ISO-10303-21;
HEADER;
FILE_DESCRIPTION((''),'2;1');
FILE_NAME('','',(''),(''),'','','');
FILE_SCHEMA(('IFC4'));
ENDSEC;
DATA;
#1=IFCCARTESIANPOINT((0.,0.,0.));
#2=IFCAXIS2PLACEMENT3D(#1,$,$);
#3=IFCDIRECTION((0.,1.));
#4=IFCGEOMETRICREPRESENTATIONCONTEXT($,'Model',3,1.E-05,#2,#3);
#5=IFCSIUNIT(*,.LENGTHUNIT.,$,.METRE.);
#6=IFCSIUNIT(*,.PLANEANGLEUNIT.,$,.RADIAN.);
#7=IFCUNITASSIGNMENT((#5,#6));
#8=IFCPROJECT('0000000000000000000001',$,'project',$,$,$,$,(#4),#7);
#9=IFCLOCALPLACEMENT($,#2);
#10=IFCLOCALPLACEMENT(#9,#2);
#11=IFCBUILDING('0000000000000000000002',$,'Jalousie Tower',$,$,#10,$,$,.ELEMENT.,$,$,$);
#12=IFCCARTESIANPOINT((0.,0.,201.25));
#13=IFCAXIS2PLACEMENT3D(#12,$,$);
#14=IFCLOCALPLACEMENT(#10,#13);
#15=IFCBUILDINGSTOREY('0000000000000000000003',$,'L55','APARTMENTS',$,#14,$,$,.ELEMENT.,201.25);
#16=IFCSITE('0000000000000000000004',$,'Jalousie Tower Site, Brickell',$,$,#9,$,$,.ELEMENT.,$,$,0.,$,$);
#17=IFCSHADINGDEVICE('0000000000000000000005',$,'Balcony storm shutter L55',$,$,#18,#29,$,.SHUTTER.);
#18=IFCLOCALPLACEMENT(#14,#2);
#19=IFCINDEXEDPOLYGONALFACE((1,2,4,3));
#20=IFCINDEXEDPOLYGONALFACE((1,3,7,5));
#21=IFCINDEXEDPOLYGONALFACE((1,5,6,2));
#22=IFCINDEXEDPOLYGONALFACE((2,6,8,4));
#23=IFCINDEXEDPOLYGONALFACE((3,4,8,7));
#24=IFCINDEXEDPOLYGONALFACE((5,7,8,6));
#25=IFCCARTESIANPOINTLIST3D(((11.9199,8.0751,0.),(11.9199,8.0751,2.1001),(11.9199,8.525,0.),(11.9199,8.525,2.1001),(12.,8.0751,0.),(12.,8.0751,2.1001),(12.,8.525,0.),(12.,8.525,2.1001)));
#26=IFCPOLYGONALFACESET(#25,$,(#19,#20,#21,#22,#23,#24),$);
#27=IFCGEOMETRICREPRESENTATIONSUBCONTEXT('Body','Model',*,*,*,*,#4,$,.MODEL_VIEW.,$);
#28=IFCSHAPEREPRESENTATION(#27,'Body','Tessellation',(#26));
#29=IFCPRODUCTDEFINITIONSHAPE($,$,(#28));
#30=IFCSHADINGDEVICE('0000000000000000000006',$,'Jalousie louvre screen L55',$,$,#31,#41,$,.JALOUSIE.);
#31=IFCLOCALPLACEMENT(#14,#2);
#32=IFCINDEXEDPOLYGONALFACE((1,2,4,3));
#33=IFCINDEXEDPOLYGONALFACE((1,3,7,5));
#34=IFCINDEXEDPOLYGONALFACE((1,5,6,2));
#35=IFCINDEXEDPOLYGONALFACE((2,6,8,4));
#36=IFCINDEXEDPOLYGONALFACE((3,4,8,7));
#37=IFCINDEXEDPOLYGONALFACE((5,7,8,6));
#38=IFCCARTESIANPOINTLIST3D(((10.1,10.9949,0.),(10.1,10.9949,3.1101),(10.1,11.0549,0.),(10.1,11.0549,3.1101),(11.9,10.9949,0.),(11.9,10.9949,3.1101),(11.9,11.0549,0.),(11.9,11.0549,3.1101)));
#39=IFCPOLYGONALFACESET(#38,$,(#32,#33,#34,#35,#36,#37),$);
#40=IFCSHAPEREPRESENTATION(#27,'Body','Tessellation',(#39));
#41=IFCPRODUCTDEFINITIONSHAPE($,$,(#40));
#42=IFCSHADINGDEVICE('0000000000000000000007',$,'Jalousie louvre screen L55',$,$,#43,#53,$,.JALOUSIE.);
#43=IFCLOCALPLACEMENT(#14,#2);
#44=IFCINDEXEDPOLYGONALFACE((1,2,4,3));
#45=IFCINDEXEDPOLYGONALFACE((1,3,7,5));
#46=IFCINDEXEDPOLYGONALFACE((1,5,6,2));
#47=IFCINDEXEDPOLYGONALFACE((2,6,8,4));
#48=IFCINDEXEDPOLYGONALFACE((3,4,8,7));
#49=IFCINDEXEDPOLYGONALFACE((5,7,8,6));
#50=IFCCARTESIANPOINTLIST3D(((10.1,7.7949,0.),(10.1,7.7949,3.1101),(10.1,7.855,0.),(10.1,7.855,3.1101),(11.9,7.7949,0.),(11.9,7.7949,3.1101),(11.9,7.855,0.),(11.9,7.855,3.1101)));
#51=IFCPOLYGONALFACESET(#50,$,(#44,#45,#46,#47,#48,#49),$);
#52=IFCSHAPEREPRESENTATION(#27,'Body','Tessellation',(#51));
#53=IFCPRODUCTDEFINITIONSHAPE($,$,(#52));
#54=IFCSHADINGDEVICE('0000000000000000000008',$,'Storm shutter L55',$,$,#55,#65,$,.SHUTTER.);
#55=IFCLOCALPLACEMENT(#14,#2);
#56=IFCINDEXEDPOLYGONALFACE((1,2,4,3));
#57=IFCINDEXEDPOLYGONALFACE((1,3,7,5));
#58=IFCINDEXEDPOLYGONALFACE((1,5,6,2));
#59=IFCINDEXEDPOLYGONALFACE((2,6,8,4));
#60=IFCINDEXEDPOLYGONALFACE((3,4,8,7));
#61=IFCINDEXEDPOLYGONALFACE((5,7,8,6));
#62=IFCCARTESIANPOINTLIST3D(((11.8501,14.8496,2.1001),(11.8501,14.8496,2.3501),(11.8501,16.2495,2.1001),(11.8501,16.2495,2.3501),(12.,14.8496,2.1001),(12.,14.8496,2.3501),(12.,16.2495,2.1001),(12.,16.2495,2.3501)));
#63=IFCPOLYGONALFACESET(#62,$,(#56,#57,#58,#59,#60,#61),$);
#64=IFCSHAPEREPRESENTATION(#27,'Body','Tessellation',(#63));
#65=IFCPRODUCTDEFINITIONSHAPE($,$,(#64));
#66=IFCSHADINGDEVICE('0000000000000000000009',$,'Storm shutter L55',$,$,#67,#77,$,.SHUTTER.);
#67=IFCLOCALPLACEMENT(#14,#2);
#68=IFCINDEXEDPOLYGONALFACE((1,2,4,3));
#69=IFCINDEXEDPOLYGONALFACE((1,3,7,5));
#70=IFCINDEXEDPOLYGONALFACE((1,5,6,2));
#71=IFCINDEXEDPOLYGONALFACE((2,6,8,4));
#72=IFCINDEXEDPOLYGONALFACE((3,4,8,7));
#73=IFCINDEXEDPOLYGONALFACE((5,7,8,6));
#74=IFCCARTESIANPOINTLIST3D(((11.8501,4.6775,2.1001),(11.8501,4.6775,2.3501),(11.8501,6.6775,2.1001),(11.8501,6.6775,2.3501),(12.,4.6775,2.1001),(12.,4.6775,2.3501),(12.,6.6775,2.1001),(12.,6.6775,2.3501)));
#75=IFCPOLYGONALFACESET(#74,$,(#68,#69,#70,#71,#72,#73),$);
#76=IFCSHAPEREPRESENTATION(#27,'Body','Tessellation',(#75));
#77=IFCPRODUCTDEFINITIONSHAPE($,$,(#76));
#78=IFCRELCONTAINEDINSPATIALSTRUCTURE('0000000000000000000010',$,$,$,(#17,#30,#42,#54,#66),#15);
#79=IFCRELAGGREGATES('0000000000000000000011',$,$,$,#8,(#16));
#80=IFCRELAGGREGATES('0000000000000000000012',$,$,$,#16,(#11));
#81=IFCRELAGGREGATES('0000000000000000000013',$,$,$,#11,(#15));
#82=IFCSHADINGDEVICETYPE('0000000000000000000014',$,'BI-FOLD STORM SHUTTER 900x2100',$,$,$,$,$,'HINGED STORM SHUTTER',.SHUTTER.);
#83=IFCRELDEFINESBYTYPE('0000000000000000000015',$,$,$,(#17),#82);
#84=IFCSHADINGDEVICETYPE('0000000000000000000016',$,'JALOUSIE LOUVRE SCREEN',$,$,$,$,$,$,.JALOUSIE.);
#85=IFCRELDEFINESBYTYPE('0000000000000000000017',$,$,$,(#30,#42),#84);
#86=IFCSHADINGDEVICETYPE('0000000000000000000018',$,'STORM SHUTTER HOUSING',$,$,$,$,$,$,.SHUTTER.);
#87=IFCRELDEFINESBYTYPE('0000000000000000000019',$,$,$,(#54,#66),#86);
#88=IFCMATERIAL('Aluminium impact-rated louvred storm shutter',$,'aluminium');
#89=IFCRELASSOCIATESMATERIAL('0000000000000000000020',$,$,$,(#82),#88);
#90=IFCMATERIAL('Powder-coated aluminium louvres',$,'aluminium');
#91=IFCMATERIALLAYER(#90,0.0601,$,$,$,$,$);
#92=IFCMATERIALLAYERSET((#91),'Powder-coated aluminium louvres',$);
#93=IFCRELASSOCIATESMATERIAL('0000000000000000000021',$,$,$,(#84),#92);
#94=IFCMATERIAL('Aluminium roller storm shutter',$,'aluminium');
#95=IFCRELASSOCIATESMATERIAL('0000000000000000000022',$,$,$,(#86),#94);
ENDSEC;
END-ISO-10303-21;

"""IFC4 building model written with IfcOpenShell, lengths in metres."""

from ifc_helpers import new_model, si_unit, direction, frame, origin, origin_2d, place, context, subcontext, project, spatial, rectangle, extrude, material, layer, layer_set, type_object, element, save


model = new_model("IFC4")

# Units and contexts
model_context = context("Model", 3, precision=1e-05, world=origin(), true_north=direction((0.0, 1.0)))
body_context = subcontext(model_context, "Body", "Model", "MODEL_VIEW")
ifc_project = project(units=[si_unit("LENGTHUNIT", "METRE"), si_unit("PLANEANGLEUNIT", "RADIAN")], contexts=[model_context])

# Site, building, storey
site_placement = place(None, origin())
site = spatial("IfcSite", under=ifc_project, at=site_placement, Name="Jalousie Tower Site, Brickell", CompositionType="ELEMENT", RefElevation=0.0)
building_placement = place(site_placement, origin())
building = spatial("IfcBuilding", under=site, at=building_placement, Name="Jalousie Tower", CompositionType="ELEMENT")
storey_placement = place(building_placement, frame((0.0, 0.0, 201.25)))
storey = spatial("IfcBuildingStorey", under=building, at=storey_placement, Name="L55", Description="APARTMENTS", CompositionType="ELEMENT", Elevation=201.25)

# Shading device
ifc_material_1 = material(Name="Aluminium impact-rated louvred storm shutter", Category="aluminium")
shading_device_type_1 = type_object("IfcShadingDeviceType", Name="BI-FOLD STORM SHUTTER 900x2100", ElementType="HINGED STORM SHUTTER", PredefinedType="SHUTTER", material=ifc_material_1)
for number, where, z_axis, x_axis, name in (
    (1, (11.96, 8.3, 0.0), (0.0, 0.0, 1.0), (0.0, -1.0, 0.0), "Balcony storm shutter L55"),
):
    element("IfcShadingDevice", number, at=place(storey_placement, frame(where, z_axis=z_axis, x_axis=x_axis)), inside=storey, type_object=shading_device_type_1, Name=name, PredefinedType="SHUTTER", context=body_context, shape_type="SweptSolid", body=[
        extrude(rectangle(XDim=0.45, YDim=0.0801, at=origin_2d()), origin(), (0.0, 0.0, 1.0), 2.1001),
    ])

# Shading devices
ifc_material_2 = material(Name="Powder-coated aluminium louvres", Category="aluminium")
ifc_layer_1 = layer(ifc_material_2, 0.0601)
ifc_layer_set_1 = layer_set([ifc_layer_1], Name="Powder-coated aluminium louvres")
shading_device_type_2 = type_object("IfcShadingDeviceType", Name="JALOUSIE LOUVRE SCREEN", PredefinedType="JALOUSIE", material=ifc_layer_set_1)
for number, where, z_axis, x_axis, name in (
    (2, (11.0, 11.0249, 0.0), (0.0, 0.0, 1.0), (0.0, -1.0, 0.0), "Jalousie louvre screen L55"),
    (3, (11.0, 7.825, 0.0), (0.0, 0.0, 1.0), (0.0, -1.0, 0.0), "Jalousie louvre screen L55"),
):
    element("IfcShadingDevice", number, at=place(storey_placement, frame(where, z_axis=z_axis, x_axis=x_axis)), inside=storey, type_object=shading_device_type_2, Name=name, PredefinedType="JALOUSIE", context=body_context, shape_type="SweptSolid", body=[
        extrude(rectangle(XDim=0.0601, YDim=1.8, at=origin_2d()), origin(), (0.0, 0.0, 1.0), 3.1101),
    ])
ifc_material_3 = material(Name="Aluminium roller storm shutter", Category="aluminium")
shading_device_type_3 = type_object("IfcShadingDeviceType", Name="STORM SHUTTER HOUSING", PredefinedType="SHUTTER", material=ifc_material_3)
shading_device_1_placement = place(storey_placement, frame((11.925, 15.5496, 2.1001), z_axis=(0.0, 0.0, 1.0), x_axis=(0.0, -1.0, 0.0)))
element("IfcShadingDevice", 4, at=shading_device_1_placement, inside=storey, type_object=shading_device_type_3, Name="Storm shutter L55", PredefinedType="SHUTTER", context=body_context, shape_type="SweptSolid", body=[
    extrude(rectangle(XDim=1.3999, YDim=0.1499, at=origin_2d()), origin(), (0.0, 0.0, 1.0), 0.25),
])
shading_device_2_placement = place(storey_placement, frame((11.925, 5.6775, 2.1001), z_axis=(0.0, 0.0, 1.0), x_axis=(0.0, -1.0, 0.0)))
element("IfcShadingDevice", 5, at=shading_device_2_placement, inside=storey, type_object=shading_device_type_3, Name="Storm shutter L55", PredefinedType="SHUTTER", context=body_context, shape_type="SweptSolid", body=[
    extrude(rectangle(XDim=2.0, YDim=0.1499, at=origin_2d()), origin(), (0.0, 0.0, 1.0), 0.25),
])

save(model, "model.ifc")
